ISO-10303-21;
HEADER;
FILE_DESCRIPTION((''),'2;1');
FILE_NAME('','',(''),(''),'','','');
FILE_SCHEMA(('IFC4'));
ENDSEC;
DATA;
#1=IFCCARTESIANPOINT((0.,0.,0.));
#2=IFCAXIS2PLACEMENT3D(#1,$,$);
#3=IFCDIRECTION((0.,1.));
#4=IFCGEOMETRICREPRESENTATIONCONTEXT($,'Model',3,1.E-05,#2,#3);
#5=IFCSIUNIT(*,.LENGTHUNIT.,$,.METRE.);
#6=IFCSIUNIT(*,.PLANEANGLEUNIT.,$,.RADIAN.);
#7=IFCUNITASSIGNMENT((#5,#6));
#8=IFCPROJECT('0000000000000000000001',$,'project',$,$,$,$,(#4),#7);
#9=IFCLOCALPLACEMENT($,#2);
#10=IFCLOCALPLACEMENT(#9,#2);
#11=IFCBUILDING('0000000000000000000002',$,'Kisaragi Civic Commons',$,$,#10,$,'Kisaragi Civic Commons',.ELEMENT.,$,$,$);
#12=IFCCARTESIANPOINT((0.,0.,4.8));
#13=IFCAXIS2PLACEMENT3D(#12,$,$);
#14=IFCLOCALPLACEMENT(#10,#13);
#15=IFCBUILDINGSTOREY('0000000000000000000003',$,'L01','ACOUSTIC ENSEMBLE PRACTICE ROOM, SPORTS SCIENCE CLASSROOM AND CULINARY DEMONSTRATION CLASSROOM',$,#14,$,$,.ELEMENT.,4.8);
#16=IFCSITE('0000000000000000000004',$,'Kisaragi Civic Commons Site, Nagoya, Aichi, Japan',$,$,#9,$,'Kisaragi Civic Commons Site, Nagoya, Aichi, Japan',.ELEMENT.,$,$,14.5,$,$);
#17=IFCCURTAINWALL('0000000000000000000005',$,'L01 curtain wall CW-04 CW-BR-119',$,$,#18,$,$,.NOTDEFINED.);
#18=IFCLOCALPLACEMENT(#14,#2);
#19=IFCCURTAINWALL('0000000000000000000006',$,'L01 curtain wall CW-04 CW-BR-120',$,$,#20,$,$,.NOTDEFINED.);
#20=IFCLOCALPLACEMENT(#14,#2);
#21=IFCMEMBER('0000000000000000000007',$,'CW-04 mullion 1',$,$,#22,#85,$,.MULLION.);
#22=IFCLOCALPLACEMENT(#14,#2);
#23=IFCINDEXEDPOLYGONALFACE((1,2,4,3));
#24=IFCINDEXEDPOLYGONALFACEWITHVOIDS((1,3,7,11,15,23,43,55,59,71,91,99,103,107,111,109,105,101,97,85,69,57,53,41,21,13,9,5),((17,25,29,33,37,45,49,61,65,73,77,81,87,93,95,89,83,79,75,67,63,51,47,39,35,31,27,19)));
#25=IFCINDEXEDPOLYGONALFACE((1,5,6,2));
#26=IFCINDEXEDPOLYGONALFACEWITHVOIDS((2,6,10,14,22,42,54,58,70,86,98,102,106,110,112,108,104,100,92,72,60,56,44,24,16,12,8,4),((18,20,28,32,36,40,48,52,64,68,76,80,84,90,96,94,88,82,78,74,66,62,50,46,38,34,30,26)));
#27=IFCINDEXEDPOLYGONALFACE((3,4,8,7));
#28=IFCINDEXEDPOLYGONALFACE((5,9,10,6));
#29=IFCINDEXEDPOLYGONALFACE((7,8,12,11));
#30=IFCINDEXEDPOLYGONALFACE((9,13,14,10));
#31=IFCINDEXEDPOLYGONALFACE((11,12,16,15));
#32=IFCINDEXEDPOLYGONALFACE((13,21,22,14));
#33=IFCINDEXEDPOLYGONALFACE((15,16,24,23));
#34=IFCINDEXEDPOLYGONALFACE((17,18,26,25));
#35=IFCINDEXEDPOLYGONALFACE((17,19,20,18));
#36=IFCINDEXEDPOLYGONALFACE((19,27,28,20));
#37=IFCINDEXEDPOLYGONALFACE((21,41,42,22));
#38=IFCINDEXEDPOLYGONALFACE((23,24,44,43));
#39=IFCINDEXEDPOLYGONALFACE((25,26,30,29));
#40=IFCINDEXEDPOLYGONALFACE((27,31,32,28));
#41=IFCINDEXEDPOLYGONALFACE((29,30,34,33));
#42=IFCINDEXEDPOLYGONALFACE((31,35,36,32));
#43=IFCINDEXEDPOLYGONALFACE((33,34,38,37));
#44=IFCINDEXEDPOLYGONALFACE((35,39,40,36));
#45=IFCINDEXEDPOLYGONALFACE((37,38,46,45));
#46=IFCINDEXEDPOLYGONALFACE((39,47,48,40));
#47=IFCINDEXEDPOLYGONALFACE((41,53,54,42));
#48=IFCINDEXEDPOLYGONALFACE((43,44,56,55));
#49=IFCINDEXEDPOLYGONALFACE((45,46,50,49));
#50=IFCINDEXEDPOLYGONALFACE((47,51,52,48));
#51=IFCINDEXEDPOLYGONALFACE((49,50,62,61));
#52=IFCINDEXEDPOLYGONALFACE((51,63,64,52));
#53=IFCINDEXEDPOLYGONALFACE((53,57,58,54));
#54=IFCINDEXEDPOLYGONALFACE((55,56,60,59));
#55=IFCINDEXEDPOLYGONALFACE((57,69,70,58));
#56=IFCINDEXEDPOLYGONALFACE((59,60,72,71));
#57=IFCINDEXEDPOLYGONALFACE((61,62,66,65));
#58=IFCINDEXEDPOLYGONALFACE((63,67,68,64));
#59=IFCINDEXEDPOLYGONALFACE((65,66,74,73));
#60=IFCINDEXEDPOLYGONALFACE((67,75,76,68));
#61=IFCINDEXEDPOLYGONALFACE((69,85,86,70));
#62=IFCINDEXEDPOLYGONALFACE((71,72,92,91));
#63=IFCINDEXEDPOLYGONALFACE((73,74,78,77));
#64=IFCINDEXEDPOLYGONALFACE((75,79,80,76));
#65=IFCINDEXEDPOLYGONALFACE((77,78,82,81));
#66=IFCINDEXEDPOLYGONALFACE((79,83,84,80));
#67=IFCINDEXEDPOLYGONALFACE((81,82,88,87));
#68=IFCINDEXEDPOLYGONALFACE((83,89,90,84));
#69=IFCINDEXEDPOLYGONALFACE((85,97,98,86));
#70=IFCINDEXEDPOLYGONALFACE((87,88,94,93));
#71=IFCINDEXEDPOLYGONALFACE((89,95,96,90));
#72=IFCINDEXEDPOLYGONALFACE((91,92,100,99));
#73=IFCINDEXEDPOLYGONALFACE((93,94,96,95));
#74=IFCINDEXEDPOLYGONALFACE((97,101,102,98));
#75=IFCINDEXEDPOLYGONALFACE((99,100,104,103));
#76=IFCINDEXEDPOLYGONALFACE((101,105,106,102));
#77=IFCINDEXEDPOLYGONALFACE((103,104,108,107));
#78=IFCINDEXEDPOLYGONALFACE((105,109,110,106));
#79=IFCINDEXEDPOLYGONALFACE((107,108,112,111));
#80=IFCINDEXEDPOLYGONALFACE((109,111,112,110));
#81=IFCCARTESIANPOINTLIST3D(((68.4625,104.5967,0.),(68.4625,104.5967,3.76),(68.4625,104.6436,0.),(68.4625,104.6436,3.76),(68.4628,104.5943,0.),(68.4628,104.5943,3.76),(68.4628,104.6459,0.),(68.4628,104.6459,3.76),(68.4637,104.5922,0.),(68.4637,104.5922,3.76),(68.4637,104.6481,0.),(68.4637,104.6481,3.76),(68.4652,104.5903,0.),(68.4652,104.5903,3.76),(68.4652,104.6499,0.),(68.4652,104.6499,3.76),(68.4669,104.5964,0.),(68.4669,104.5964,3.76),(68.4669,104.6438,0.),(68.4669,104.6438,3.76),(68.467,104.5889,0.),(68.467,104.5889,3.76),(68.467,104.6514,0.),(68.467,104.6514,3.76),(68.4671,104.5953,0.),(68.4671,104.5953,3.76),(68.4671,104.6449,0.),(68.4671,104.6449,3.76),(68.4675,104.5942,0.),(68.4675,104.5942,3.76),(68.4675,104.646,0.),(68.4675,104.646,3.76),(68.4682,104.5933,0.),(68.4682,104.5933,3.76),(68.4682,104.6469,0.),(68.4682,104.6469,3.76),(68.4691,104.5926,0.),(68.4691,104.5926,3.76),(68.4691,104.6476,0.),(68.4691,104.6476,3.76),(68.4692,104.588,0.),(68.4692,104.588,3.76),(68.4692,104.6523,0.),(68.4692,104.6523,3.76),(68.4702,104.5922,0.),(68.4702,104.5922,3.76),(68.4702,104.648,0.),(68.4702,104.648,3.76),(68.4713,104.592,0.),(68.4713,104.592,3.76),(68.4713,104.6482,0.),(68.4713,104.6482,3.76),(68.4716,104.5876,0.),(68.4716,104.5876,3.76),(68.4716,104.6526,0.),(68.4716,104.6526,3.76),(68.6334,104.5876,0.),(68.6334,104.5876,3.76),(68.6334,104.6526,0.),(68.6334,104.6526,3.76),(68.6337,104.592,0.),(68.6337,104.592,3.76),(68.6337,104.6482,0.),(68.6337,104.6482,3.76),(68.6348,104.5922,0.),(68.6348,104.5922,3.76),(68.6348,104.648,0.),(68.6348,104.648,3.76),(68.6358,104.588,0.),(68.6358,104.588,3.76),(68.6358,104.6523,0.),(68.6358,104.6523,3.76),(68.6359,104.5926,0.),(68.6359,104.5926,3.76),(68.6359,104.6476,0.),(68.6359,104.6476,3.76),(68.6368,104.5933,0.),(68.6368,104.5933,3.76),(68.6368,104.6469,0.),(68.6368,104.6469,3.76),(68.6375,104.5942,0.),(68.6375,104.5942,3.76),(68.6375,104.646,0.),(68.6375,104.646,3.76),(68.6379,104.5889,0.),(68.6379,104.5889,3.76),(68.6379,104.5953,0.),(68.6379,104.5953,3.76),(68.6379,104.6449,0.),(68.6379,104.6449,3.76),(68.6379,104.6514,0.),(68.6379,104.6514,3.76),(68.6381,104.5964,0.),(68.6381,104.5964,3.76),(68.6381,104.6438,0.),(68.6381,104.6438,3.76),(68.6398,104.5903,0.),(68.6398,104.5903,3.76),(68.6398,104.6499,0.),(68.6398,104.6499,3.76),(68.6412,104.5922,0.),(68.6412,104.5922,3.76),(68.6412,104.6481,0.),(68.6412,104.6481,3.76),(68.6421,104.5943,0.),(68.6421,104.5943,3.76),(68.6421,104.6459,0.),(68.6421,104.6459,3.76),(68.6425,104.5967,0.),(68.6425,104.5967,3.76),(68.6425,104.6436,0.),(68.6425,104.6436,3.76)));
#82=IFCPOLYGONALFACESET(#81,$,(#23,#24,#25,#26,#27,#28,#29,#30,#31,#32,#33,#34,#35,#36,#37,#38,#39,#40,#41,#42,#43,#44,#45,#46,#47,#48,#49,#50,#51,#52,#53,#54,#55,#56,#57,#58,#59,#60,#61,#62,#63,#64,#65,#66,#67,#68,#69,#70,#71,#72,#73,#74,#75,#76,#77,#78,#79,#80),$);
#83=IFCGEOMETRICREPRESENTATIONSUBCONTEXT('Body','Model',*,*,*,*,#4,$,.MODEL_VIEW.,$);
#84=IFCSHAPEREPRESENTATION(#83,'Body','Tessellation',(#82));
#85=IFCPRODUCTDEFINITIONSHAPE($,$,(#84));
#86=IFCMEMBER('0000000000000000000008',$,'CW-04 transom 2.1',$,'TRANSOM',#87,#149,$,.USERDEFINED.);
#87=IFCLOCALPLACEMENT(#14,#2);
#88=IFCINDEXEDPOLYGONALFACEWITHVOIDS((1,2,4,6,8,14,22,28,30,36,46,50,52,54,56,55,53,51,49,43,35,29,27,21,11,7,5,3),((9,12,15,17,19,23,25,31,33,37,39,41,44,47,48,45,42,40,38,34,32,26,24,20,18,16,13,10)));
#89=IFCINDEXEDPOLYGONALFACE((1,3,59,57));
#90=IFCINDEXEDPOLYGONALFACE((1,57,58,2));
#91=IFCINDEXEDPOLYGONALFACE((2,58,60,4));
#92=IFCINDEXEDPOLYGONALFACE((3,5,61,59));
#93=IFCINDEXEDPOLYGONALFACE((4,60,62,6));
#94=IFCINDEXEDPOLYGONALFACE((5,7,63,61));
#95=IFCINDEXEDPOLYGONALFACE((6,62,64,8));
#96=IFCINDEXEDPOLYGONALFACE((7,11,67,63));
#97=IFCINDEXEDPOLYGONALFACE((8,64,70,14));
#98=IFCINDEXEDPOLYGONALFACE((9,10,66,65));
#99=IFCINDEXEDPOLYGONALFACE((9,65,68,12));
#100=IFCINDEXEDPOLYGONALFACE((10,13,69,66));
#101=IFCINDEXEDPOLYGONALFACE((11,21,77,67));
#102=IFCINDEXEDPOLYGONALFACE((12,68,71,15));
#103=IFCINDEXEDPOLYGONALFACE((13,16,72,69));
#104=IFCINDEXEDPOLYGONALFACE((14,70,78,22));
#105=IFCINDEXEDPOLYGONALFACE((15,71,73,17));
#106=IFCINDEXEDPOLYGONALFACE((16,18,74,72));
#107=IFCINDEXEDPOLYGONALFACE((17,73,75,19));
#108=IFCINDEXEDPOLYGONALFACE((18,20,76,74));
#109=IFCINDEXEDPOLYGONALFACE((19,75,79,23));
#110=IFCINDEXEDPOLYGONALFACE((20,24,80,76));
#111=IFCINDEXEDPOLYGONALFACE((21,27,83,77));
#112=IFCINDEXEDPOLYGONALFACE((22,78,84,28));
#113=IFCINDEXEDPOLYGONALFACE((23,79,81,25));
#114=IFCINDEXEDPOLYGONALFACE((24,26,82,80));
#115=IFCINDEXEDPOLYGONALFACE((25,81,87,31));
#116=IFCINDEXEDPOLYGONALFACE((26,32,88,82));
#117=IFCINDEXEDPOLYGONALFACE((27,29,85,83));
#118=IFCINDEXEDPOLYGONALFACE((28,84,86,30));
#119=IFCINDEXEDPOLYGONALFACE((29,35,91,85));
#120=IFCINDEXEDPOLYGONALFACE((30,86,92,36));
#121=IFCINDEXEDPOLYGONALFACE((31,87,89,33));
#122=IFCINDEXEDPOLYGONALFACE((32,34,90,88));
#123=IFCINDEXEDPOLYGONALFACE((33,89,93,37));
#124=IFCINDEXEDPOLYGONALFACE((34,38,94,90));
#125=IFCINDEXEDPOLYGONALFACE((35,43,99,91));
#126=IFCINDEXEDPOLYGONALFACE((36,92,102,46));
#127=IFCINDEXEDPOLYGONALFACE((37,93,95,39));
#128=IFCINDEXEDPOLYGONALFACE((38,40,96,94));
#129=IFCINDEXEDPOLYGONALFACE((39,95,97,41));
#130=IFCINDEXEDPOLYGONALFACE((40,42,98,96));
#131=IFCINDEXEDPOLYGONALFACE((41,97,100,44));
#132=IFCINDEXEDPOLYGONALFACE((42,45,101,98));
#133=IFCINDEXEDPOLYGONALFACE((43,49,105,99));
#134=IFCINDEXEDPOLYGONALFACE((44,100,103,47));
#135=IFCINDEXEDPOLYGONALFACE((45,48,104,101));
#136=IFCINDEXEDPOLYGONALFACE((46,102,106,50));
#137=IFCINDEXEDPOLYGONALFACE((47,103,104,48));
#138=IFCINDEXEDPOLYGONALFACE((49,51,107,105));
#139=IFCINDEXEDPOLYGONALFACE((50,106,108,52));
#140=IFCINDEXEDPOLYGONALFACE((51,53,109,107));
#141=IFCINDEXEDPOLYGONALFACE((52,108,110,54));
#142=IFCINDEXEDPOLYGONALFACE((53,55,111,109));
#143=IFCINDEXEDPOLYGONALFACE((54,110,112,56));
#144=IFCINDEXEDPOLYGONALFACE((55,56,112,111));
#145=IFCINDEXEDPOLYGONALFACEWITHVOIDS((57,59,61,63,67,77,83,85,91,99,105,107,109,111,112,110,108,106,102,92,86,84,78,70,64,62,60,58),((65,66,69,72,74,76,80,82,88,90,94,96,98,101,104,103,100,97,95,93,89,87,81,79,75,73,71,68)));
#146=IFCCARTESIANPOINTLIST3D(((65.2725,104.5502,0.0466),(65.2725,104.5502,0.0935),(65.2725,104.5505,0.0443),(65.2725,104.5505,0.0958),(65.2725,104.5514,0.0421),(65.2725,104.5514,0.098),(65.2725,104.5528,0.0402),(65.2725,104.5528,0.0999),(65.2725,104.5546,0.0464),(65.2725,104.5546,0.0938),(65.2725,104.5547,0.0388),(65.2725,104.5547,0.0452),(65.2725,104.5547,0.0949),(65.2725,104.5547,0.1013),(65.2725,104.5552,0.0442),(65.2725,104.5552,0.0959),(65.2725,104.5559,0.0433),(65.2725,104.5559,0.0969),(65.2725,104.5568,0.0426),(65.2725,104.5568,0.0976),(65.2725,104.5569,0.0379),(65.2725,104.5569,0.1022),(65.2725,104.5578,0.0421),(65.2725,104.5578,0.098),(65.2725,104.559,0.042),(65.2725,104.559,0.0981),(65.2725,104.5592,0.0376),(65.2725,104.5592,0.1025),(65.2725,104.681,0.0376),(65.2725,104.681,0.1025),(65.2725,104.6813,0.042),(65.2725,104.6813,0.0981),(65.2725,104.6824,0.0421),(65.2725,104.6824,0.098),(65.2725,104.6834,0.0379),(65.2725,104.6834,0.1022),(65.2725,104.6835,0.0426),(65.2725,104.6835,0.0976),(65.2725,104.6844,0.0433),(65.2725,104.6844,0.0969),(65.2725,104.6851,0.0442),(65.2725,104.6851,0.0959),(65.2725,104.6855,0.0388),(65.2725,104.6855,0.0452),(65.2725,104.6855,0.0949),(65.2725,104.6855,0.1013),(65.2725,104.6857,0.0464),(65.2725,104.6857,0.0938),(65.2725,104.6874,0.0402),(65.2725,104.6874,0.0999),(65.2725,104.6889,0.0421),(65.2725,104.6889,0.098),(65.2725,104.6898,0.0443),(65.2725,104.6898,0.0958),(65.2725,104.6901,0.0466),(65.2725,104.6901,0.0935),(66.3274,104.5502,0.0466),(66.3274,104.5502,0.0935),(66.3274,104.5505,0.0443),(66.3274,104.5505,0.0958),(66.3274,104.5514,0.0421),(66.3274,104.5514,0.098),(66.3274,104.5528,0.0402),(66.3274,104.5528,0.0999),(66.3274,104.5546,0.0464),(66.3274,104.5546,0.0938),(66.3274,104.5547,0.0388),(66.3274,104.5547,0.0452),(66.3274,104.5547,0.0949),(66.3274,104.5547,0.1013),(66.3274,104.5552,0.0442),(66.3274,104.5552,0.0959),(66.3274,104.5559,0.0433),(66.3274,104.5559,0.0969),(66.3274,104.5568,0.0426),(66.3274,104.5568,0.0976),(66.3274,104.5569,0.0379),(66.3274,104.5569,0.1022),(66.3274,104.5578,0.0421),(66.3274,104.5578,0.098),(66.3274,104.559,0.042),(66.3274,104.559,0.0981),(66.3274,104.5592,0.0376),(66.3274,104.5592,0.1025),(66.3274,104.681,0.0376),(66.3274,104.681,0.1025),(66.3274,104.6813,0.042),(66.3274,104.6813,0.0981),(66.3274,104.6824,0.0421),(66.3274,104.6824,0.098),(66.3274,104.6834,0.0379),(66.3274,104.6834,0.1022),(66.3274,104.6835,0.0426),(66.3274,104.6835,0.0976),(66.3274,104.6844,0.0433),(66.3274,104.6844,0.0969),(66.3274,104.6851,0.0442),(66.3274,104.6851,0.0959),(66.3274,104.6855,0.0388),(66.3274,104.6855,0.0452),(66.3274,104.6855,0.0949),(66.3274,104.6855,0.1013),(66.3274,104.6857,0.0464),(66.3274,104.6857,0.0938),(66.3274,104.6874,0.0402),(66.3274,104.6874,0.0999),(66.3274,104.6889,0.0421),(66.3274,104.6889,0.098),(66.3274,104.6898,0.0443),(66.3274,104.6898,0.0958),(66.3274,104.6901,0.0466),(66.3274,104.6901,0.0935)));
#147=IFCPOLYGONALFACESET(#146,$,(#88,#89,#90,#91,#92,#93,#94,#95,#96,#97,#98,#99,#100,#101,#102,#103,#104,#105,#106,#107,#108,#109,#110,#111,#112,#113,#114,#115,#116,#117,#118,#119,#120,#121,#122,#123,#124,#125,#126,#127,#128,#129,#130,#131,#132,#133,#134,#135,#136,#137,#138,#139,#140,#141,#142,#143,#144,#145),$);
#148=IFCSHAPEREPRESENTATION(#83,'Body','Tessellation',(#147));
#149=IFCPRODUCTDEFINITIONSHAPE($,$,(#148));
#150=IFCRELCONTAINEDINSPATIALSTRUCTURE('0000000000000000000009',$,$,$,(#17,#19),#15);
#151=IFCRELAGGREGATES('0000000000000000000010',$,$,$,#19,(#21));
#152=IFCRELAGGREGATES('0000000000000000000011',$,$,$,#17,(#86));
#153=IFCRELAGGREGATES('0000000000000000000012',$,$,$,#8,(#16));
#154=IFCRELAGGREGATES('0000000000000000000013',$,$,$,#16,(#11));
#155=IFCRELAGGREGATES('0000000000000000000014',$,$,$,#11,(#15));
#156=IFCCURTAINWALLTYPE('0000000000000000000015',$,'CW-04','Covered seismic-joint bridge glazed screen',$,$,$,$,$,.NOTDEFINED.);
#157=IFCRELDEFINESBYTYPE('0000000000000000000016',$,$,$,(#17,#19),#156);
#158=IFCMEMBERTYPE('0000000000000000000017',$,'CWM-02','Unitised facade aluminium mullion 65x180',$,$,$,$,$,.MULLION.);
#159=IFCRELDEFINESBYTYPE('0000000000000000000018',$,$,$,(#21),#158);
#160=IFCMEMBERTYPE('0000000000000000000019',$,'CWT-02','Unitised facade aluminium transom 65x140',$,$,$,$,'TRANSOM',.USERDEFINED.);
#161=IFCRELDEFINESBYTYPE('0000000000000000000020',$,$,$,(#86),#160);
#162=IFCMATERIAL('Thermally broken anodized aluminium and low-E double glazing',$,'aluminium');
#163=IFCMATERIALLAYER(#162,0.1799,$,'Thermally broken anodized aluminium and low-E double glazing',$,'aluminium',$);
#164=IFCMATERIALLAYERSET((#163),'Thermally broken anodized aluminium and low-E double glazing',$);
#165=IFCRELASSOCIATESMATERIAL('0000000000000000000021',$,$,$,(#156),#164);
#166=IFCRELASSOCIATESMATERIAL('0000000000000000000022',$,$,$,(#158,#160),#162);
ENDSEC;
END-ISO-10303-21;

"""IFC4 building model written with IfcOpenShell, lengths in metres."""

from ifc_helpers import new_model, si_unit, direction, frame, origin, origin_2d, place, context, subcontext, project, spatial, hollow_rectangle, extrude, material, layer, layer_set, material_profile, profile_set, type_object, element, aggregate, save


model = new_model("IFC4")

# Units and contexts
model_context = context("Model", 3, precision=1e-05, world=origin(), true_north=direction((0.0, 1.0)))
body_context = subcontext(model_context, "Body", "Model", "MODEL_VIEW")
ifc_project = project(units=[si_unit("LENGTHUNIT", "METRE"), si_unit("PLANEANGLEUNIT", "RADIAN")], contexts=[model_context])

# Site, building, storey
site_placement = place(None, origin())
site = spatial("IfcSite", under=ifc_project, at=site_placement, Name="Kisaragi Civic Commons Site, Nagoya, Aichi, Japan", LongName="Kisaragi Civic Commons Site, Nagoya, Aichi, Japan", CompositionType="ELEMENT", RefElevation=14.5)
building_placement = place(site_placement, origin())
building = spatial("IfcBuilding", under=site, at=building_placement, Name="Kisaragi Civic Commons", LongName="Kisaragi Civic Commons", CompositionType="ELEMENT")
storey_placement = place(building_placement, frame((0.0, 0.0, 4.8)))
storey = spatial("IfcBuildingStorey", under=building, at=storey_placement, Name="L01", Description="ACOUSTIC ENSEMBLE PRACTICE ROOM, SPORTS SCIENCE CLASSROOM AND CULINARY DEMONSTRATION CLASSROOM", CompositionType="ELEMENT", Elevation=4.8)

# Curtain wall
ifc_material_1 = material(Name="Thermally broken anodized aluminium and low-E double glazing", Category="aluminium")
ifc_layer_1 = layer(ifc_material_1, 0.1799, Name="Thermally broken anodized aluminium and low-E double glazing", Category="aluminium")
ifc_layer_set_1 = layer_set([ifc_layer_1], Name="Thermally broken anodized aluminium and low-E double glazing")
curtain_wall_type = type_object("IfcCurtainWallType", Name="CW-04", Description="Covered seismic-joint bridge glazed screen", PredefinedType="NOTDEFINED", material=ifc_layer_set_1)
curtain_wall_1_placement = place(storey_placement, origin())
curtain_wall_1 = element("IfcCurtainWall", 1, at=curtain_wall_1_placement, inside=storey, type_object=curtain_wall_type, Name="L01 curtain wall CW-04 CW-BR-119", PredefinedType="NOTDEFINED")
ifc_material_profile_1 = material_profile(ifc_material_1, hollow_rectangle(XDim=0.0649, YDim=0.1799, WallThickness=0.0044, InnerFilletRadius=0.0044, OuterFilletRadius=0.009, at=origin_2d()), Name="CWM-65x180x4.5", Category="aluminium")
ifc_profile_set_1 = profile_set([ifc_material_profile_1], Name="Thermally broken anodized aluminium and low-E double glazing")
member_type_1 = type_object("IfcMemberType", Name="CWM-02", Description="Unitised facade aluminium mullion 65x180", PredefinedType="MULLION", material=ifc_profile_set_1)

# Curtain wall, member
curtain_wall_2_placement = place(storey_placement, origin())
curtain_wall_2 = element("IfcCurtainWall", 2, at=curtain_wall_2_placement, inside=storey, type_object=curtain_wall_type, Name="L01 curtain wall CW-04 CW-BR-120", PredefinedType="NOTDEFINED")
member_1_placement = place(storey_placement, frame((68.5525, 104.6201, 0.0), z_axis=(0.0, 0.0, 1.0), x_axis=(0.0, 1.0, 0.0)))
member_1 = element("IfcMember", 3, at=member_1_placement, type_object=member_type_1, Name="CW-04 mullion 1", PredefinedType="MULLION", context=body_context, shape_type="SweptSolid", body=[
    extrude(hollow_rectangle(XDim=0.0649, YDim=0.1799, WallThickness=0.0044, InnerFilletRadius=0.0044, OuterFilletRadius=0.009, at=origin_2d()), origin(), (0.0, 0.0, 1.0), 3.76),
])
aggregate(curtain_wall_2, [member_1])

# Member
ifc_material_profile_2 = material_profile(ifc_material_1, hollow_rectangle(XDim=0.1399, YDim=0.0649, WallThickness=0.0044, InnerFilletRadius=0.0044, OuterFilletRadius=0.009, at=origin_2d()), Name="CWT-65x140x4.5", Category="aluminium")
ifc_profile_set_2 = profile_set([ifc_material_profile_2], Name="Thermally broken anodized aluminium and low-E double glazing")
member_type_2 = type_object("IfcMemberType", Name="CWT-02", Description="Unitised facade aluminium transom 65x140", ElementType="TRANSOM", PredefinedType="USERDEFINED", material=ifc_profile_set_2)
member_2_placement = place(storey_placement, frame((65.2725, 104.6201, 0.0701), z_axis=(1.0, 0.0, 0.0), x_axis=(0.0, 1.0, 0.0)))
member_2 = element("IfcMember", 4, at=member_2_placement, type_object=member_type_2, Name="CW-04 transom 2.1", ObjectType="TRANSOM", PredefinedType="USERDEFINED", context=body_context, shape_type="SweptSolid", body=[
    extrude(hollow_rectangle(XDim=0.1399, YDim=0.0649, WallThickness=0.0044, InnerFilletRadius=0.0044, OuterFilletRadius=0.009, at=origin_2d()), origin(), (0.0, 0.0, 1.0), 1.0549),
])

aggregate(curtain_wall_1, [member_2])

save(model, "model.ifc")
